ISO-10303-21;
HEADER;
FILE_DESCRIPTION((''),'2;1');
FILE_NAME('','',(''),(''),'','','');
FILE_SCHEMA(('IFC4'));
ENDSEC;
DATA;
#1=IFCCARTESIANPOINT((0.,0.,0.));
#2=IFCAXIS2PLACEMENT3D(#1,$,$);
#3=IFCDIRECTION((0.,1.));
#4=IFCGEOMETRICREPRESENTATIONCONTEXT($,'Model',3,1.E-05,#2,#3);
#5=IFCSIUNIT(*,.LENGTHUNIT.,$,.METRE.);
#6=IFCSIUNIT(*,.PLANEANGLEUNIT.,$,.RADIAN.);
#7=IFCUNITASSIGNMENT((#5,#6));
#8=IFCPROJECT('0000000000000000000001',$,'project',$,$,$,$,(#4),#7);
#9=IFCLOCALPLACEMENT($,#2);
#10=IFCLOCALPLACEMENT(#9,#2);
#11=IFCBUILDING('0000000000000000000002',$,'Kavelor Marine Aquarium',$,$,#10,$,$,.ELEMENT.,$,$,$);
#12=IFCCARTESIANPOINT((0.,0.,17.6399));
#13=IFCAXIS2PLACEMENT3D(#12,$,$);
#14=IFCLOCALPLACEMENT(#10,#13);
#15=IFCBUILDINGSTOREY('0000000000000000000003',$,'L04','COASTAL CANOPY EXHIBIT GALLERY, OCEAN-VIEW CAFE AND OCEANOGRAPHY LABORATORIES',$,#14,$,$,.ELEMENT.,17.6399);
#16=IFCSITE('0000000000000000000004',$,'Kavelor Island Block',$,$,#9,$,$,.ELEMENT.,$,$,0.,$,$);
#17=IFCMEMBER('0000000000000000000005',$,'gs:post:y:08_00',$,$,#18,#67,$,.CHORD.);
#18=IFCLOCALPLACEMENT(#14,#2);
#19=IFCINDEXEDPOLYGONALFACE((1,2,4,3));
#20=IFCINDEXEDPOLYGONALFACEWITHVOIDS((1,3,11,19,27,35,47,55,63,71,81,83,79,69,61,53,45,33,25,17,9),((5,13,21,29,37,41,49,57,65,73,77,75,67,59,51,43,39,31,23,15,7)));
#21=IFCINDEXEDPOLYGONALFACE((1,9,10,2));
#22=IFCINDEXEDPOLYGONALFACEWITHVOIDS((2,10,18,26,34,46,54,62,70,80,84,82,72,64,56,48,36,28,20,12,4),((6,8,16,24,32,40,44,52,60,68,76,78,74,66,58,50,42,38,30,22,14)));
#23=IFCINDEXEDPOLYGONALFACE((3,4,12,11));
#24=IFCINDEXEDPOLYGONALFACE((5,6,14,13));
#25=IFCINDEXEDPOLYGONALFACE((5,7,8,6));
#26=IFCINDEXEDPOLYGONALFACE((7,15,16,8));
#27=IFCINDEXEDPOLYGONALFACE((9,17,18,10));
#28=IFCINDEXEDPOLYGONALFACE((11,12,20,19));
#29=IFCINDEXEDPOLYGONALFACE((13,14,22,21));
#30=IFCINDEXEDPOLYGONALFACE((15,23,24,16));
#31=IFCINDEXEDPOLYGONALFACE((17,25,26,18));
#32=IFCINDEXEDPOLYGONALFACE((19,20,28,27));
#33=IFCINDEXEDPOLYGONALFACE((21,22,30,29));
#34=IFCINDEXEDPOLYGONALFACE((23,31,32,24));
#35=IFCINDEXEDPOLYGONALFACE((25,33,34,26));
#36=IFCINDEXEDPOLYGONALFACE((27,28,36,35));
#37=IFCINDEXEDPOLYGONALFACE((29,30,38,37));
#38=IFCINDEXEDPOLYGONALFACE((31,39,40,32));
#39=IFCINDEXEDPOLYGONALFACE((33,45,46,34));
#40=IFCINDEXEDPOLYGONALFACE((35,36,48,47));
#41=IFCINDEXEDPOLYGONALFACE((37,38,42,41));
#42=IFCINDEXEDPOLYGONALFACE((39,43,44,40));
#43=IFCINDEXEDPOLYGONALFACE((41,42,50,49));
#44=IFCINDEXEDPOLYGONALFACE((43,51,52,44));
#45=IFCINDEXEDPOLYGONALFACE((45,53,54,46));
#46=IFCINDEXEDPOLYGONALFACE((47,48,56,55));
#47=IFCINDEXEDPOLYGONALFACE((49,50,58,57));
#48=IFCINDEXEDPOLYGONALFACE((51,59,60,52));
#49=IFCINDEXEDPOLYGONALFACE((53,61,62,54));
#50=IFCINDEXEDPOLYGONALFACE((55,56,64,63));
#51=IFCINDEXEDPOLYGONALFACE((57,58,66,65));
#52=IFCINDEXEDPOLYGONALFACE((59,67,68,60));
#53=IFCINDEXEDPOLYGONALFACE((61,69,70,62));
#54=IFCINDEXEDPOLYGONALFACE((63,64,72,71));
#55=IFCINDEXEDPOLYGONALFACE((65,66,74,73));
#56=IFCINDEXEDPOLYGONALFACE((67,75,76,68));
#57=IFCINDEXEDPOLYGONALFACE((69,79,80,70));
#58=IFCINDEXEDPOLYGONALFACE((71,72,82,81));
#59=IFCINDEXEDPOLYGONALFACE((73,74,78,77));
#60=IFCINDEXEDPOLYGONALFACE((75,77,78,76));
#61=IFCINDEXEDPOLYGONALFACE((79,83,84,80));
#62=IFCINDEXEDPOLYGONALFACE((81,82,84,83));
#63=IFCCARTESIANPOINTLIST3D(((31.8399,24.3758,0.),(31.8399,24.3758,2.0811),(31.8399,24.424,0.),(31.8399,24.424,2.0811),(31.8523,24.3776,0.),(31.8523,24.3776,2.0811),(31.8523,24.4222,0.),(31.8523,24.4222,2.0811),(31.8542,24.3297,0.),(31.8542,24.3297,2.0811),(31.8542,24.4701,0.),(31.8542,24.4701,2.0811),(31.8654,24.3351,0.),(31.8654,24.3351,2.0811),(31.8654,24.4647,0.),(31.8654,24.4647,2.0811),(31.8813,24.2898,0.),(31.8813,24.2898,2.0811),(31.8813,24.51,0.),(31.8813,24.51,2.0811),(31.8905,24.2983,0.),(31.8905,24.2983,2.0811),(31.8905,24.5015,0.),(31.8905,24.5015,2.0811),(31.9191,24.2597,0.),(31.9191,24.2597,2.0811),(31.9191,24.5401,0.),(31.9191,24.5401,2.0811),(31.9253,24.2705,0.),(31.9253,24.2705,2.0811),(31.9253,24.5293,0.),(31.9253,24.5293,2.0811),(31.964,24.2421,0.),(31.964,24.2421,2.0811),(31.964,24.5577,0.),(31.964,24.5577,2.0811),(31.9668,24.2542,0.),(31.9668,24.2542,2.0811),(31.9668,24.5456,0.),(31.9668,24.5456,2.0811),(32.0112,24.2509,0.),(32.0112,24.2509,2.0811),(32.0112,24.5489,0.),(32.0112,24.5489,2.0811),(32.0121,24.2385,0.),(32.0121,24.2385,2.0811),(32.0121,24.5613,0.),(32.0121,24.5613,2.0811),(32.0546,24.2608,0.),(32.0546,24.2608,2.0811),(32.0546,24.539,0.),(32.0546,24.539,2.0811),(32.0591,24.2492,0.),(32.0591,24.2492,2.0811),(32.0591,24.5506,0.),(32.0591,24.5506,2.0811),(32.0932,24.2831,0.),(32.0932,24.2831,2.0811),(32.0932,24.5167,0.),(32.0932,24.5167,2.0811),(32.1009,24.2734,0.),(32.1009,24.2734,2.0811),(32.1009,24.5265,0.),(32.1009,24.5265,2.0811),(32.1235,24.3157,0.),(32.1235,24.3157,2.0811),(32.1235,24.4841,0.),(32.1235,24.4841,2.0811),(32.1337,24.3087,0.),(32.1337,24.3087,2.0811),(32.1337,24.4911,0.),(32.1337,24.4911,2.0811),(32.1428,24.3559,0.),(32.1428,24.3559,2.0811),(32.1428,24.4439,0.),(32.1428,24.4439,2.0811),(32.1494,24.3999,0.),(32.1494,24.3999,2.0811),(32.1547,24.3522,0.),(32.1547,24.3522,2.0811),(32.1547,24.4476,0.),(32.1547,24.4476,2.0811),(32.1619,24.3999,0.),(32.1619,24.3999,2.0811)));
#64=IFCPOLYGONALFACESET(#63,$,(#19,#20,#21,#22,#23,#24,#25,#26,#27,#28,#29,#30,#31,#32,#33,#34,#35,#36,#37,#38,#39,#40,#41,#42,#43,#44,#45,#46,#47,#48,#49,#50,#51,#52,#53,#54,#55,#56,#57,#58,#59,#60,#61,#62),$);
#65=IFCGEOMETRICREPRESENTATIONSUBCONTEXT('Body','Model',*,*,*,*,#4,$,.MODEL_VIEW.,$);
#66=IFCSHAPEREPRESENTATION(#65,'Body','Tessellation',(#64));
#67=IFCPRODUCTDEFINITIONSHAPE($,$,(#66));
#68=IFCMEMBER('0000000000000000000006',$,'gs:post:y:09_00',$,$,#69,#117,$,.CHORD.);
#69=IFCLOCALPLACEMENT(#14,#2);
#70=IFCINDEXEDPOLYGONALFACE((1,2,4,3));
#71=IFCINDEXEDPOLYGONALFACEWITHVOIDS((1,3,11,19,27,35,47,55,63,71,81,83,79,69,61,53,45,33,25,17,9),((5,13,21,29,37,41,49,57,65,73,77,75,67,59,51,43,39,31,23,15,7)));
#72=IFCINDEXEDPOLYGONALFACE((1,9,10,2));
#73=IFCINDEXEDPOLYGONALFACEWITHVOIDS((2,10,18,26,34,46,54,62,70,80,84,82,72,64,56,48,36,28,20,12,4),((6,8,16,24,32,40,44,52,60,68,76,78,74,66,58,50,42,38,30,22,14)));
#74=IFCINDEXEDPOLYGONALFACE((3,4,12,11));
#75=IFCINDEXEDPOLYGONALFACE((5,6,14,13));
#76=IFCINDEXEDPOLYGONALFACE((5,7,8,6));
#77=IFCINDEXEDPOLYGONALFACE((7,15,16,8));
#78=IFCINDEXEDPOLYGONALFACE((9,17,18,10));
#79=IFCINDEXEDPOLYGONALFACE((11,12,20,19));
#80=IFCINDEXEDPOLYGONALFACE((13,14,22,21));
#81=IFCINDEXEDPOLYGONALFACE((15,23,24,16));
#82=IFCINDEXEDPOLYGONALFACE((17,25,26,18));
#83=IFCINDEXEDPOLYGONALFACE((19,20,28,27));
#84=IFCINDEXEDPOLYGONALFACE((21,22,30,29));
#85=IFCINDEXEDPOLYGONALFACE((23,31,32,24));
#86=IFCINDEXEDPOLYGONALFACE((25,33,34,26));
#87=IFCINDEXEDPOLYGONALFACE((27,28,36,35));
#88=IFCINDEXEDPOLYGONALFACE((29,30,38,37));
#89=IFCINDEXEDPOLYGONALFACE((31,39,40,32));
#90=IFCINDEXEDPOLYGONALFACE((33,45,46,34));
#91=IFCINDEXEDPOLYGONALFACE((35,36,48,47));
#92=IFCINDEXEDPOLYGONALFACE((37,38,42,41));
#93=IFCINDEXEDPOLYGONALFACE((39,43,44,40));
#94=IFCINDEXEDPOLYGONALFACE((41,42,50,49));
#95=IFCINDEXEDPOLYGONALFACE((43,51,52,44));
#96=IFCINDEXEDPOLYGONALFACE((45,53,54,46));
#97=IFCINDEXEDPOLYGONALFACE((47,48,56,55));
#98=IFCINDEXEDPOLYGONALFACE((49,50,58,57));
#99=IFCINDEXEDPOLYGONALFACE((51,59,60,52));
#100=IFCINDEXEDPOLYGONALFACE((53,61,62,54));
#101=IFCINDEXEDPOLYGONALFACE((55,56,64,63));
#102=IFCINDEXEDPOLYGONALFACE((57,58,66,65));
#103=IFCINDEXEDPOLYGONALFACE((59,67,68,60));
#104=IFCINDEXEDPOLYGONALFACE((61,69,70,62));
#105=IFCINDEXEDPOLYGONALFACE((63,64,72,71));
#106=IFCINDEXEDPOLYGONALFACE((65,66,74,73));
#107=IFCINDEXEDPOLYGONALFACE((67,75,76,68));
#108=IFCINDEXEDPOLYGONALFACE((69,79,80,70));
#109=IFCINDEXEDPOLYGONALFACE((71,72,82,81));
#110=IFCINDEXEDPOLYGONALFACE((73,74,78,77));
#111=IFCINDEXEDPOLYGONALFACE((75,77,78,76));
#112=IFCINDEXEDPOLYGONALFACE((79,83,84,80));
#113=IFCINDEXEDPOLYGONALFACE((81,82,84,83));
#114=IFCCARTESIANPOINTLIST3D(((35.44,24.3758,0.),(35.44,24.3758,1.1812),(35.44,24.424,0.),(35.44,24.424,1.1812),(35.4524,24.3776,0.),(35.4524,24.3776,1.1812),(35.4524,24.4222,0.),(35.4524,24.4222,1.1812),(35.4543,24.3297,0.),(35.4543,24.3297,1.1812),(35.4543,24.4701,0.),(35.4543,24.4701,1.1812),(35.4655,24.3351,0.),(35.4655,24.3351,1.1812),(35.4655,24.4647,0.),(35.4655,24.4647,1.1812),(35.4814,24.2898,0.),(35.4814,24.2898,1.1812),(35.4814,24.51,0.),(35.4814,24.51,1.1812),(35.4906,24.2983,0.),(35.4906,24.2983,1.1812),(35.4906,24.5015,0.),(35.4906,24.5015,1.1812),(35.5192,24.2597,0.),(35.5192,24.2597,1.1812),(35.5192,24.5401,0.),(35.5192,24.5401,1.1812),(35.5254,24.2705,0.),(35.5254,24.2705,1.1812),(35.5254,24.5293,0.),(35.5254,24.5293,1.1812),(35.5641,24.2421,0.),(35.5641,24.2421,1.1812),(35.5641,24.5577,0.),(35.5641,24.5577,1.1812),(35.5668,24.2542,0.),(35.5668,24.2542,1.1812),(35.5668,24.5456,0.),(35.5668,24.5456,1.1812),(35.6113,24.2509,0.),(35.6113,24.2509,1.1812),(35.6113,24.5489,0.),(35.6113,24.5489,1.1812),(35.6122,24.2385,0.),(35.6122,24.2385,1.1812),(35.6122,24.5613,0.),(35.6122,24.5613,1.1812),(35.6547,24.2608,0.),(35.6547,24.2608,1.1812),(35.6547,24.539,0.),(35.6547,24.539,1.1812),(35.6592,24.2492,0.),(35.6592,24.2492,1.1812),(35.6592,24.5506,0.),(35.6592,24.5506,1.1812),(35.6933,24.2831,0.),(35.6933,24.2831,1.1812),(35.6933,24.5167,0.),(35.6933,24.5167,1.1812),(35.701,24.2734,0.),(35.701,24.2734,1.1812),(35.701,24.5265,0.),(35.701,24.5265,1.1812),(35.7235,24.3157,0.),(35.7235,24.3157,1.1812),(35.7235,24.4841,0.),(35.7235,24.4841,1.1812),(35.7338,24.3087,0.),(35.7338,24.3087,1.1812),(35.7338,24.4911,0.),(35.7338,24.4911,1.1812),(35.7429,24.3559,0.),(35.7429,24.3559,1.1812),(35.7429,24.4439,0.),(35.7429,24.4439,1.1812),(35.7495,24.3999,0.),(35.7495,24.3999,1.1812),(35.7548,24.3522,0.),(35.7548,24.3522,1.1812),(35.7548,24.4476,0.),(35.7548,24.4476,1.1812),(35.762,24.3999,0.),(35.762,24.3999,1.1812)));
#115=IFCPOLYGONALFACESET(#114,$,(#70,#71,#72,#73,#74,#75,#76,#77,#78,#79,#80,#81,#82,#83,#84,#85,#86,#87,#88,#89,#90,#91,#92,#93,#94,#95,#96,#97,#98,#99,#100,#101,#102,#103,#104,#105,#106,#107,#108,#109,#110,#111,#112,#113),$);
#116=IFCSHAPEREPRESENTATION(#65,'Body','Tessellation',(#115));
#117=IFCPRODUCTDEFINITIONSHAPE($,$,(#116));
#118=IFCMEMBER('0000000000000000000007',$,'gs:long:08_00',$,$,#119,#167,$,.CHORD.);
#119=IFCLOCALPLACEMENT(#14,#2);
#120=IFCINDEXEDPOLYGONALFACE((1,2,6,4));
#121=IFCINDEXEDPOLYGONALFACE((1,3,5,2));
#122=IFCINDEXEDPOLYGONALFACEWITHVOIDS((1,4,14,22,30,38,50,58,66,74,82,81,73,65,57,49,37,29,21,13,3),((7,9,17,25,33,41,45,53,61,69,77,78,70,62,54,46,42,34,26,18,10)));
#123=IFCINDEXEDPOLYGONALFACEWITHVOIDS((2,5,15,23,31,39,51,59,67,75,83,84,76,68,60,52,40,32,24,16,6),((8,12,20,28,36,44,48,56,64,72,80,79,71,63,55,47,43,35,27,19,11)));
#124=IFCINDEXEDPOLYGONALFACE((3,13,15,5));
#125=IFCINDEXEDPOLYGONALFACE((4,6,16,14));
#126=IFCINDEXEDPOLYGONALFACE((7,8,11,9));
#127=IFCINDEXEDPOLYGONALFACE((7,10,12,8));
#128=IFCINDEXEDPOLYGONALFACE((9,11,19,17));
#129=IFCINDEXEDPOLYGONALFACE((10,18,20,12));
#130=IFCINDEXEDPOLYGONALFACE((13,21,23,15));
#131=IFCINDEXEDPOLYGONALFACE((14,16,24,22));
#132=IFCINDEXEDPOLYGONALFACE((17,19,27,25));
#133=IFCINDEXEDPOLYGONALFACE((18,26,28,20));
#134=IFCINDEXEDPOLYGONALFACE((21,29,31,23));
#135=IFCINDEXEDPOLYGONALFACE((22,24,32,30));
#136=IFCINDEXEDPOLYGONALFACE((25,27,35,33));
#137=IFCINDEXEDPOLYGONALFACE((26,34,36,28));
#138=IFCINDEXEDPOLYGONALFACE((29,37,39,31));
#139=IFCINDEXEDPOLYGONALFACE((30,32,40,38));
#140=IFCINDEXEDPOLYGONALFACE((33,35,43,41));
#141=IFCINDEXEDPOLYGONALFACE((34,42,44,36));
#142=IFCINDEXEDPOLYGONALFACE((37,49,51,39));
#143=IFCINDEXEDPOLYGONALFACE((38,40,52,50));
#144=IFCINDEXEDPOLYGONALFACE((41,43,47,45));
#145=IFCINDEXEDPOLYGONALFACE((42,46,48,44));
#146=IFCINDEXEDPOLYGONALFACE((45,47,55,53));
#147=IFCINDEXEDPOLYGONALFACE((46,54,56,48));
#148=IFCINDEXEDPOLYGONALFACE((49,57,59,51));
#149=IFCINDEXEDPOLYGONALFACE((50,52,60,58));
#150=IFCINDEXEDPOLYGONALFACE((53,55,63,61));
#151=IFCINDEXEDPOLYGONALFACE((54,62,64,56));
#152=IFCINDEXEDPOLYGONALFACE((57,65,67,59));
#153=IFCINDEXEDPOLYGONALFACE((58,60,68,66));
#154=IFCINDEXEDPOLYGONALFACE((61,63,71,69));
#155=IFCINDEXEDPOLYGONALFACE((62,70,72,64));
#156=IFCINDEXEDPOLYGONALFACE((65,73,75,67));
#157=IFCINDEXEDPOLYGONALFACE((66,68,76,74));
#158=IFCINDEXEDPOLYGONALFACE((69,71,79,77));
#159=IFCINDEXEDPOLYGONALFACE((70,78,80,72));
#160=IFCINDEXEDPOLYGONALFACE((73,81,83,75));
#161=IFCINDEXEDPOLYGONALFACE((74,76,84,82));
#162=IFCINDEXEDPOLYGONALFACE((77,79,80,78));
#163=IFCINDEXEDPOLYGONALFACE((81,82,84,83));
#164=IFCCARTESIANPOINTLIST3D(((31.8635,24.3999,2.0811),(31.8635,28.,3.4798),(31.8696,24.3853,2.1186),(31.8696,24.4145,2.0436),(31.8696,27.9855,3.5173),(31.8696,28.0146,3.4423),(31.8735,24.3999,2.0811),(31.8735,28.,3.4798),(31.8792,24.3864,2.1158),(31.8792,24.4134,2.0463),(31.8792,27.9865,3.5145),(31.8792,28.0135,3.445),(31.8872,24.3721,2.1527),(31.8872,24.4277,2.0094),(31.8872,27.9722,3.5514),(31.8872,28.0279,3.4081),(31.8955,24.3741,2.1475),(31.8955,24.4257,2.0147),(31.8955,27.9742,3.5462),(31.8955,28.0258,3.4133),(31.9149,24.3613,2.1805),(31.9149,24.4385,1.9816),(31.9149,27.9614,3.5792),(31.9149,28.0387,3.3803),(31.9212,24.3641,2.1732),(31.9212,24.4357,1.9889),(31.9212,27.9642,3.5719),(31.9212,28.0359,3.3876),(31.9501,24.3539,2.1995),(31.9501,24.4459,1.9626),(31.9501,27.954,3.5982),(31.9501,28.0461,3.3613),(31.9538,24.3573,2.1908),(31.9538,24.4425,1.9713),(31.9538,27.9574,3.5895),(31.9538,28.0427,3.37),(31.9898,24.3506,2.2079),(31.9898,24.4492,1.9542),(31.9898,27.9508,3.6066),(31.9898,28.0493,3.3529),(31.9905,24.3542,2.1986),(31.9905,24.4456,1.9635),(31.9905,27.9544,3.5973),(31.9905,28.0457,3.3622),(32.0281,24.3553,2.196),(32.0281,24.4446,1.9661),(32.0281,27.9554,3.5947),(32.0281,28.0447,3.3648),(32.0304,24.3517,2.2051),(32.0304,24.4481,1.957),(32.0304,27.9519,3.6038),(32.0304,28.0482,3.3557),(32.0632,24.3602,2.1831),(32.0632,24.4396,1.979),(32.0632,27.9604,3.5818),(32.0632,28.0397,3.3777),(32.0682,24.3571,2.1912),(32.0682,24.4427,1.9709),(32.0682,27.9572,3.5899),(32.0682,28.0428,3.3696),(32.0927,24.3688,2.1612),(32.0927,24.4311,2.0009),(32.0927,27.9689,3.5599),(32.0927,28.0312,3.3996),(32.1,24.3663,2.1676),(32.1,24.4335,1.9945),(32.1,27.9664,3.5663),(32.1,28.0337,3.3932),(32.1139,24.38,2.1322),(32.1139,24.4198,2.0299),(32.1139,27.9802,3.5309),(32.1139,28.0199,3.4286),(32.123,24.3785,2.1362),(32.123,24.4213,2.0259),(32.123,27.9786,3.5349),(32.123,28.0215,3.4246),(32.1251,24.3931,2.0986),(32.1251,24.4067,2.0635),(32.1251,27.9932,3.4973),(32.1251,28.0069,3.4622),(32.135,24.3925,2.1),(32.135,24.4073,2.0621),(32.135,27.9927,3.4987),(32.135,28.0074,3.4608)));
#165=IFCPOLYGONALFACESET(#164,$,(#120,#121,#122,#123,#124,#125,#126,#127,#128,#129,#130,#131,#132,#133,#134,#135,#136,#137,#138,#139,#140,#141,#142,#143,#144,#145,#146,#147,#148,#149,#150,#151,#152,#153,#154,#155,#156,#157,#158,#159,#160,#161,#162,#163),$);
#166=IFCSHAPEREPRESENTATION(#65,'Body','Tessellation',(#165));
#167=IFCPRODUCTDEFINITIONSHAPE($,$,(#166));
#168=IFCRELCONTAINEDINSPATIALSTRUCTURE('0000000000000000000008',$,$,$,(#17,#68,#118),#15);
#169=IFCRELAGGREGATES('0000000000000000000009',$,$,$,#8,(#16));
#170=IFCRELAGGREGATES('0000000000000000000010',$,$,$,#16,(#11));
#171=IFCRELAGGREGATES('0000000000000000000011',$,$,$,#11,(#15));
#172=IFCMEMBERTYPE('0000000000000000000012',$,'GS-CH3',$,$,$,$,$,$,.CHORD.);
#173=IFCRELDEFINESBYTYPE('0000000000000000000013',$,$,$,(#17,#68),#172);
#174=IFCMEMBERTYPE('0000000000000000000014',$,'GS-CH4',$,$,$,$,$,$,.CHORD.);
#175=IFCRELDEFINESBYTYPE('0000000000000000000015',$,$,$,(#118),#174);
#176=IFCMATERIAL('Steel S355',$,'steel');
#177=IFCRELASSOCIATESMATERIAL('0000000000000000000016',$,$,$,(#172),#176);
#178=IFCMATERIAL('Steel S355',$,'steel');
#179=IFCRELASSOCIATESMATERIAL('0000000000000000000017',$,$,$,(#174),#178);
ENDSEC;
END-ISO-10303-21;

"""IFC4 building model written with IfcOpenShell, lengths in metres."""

from ifc_helpers import new_model, si_unit, direction, frame, origin, origin_2d, place, context, subcontext, project, spatial, hollow_circle, extrude, material, material_profile, profile_set, type_object, element, save


model = new_model("IFC4")

# Units and contexts
model_context = context("Model", 3, precision=1e-05, world=origin(), true_north=direction((0.0, 1.0)))
body_context = subcontext(model_context, "Body", "Model", "MODEL_VIEW")
ifc_project = project(units=[si_unit("LENGTHUNIT", "METRE"), si_unit("PLANEANGLEUNIT", "RADIAN")], contexts=[model_context])

# Site, building, storey
site_placement = place(None, origin())
site = spatial("IfcSite", under=ifc_project, at=site_placement, Name="Kavelor Island Block", CompositionType="ELEMENT", RefElevation=0.0)
building_placement = place(site_placement, origin())
building = spatial("IfcBuilding", under=site, at=building_placement, Name="Kavelor Marine Aquarium", CompositionType="ELEMENT")
storey_placement = place(building_placement, frame((0.0, 0.0, 17.6399)))
storey = spatial("IfcBuildingStorey", under=building, at=storey_placement, Name="L04", Description="COASTAL CANOPY EXHIBIT GALLERY, OCEAN-VIEW CAFE AND OCEANOGRAPHY LABORATORIES", CompositionType="ELEMENT", Elevation=17.6399)

# Members
ifc_material_1 = material(Name="Steel S355", Category="steel")
ifc_material_profile_1 = material_profile(ifc_material_1, hollow_circle(Radius=0.1619, WallThickness=0.0125, at=origin_2d()), Name="CHS 323.9x12.5")
ifc_profile_set_1 = profile_set([ifc_material_profile_1], Name="Steel S355")
member_type_1 = type_object("IfcMemberType", Name="GS-CH3", PredefinedType="CHORD", material=ifc_profile_set_1)
member_1_placement = place(storey_placement, frame((32.0, 24.3999, 0.0), z_axis=(0.0, 0.0, 1.0), x_axis=(1.0, 0.0, 0.0)))
element("IfcMember", 1, at=member_1_placement, inside=storey, type_object=member_type_1, Name="gs:post:y:08_00", PredefinedType="CHORD", context=body_context, shape_type="SweptSolid", body=[
    extrude(hollow_circle(Radius=0.1619, WallThickness=0.0125, at=origin_2d()), origin(), (0.0, 0.0, 1.0), 2.0811),
])
member_2_placement = place(storey_placement, frame((35.6001, 24.3999, 0.0), z_axis=(0.0, 0.0, 1.0), x_axis=(1.0, 0.0, 0.0)))
element("IfcMember", 2, at=member_2_placement, inside=storey, type_object=member_type_1, Name="gs:post:y:09_00", PredefinedType="CHORD", context=body_context, shape_type="SweptSolid", body=[
    extrude(hollow_circle(Radius=0.1619, WallThickness=0.0125, at=origin_2d()), origin(), (0.0, 0.0, 1.0), 1.1812),
])
ifc_material_2 = material(Name="Steel S355", Category="steel")
ifc_material_profile_2 = material_profile(ifc_material_2, hollow_circle(Radius=0.1365, WallThickness=0.01, at=origin_2d()), Name="CHS 273.0x10.0")
ifc_profile_set_2 = profile_set([ifc_material_profile_2], Name="Steel S355")
member_type_2 = type_object("IfcMemberType", Name="GS-CH4", PredefinedType="CHORD", material=ifc_profile_set_2)
for number, where, z_axis, x_axis, name in (
    (3, (32.0, 24.3999, 2.0811), (0.0, 0.932123, 0.362141), (-1.0, 0.0, 0.0), "gs:long:08_00"),
):
    element("IfcMember", number, at=place(storey_placement, frame(where, z_axis=z_axis, x_axis=x_axis)), inside=storey, type_object=member_type_2, Name=name, PredefinedType="CHORD", context=body_context, shape_type="SweptSolid", body=[
        extrude(hollow_circle(Radius=0.1365, WallThickness=0.01, at=origin_2d()), origin(), (0.0, 0.0, 1.0), 3.8623),
    ])

save(model, "model.ifc")
